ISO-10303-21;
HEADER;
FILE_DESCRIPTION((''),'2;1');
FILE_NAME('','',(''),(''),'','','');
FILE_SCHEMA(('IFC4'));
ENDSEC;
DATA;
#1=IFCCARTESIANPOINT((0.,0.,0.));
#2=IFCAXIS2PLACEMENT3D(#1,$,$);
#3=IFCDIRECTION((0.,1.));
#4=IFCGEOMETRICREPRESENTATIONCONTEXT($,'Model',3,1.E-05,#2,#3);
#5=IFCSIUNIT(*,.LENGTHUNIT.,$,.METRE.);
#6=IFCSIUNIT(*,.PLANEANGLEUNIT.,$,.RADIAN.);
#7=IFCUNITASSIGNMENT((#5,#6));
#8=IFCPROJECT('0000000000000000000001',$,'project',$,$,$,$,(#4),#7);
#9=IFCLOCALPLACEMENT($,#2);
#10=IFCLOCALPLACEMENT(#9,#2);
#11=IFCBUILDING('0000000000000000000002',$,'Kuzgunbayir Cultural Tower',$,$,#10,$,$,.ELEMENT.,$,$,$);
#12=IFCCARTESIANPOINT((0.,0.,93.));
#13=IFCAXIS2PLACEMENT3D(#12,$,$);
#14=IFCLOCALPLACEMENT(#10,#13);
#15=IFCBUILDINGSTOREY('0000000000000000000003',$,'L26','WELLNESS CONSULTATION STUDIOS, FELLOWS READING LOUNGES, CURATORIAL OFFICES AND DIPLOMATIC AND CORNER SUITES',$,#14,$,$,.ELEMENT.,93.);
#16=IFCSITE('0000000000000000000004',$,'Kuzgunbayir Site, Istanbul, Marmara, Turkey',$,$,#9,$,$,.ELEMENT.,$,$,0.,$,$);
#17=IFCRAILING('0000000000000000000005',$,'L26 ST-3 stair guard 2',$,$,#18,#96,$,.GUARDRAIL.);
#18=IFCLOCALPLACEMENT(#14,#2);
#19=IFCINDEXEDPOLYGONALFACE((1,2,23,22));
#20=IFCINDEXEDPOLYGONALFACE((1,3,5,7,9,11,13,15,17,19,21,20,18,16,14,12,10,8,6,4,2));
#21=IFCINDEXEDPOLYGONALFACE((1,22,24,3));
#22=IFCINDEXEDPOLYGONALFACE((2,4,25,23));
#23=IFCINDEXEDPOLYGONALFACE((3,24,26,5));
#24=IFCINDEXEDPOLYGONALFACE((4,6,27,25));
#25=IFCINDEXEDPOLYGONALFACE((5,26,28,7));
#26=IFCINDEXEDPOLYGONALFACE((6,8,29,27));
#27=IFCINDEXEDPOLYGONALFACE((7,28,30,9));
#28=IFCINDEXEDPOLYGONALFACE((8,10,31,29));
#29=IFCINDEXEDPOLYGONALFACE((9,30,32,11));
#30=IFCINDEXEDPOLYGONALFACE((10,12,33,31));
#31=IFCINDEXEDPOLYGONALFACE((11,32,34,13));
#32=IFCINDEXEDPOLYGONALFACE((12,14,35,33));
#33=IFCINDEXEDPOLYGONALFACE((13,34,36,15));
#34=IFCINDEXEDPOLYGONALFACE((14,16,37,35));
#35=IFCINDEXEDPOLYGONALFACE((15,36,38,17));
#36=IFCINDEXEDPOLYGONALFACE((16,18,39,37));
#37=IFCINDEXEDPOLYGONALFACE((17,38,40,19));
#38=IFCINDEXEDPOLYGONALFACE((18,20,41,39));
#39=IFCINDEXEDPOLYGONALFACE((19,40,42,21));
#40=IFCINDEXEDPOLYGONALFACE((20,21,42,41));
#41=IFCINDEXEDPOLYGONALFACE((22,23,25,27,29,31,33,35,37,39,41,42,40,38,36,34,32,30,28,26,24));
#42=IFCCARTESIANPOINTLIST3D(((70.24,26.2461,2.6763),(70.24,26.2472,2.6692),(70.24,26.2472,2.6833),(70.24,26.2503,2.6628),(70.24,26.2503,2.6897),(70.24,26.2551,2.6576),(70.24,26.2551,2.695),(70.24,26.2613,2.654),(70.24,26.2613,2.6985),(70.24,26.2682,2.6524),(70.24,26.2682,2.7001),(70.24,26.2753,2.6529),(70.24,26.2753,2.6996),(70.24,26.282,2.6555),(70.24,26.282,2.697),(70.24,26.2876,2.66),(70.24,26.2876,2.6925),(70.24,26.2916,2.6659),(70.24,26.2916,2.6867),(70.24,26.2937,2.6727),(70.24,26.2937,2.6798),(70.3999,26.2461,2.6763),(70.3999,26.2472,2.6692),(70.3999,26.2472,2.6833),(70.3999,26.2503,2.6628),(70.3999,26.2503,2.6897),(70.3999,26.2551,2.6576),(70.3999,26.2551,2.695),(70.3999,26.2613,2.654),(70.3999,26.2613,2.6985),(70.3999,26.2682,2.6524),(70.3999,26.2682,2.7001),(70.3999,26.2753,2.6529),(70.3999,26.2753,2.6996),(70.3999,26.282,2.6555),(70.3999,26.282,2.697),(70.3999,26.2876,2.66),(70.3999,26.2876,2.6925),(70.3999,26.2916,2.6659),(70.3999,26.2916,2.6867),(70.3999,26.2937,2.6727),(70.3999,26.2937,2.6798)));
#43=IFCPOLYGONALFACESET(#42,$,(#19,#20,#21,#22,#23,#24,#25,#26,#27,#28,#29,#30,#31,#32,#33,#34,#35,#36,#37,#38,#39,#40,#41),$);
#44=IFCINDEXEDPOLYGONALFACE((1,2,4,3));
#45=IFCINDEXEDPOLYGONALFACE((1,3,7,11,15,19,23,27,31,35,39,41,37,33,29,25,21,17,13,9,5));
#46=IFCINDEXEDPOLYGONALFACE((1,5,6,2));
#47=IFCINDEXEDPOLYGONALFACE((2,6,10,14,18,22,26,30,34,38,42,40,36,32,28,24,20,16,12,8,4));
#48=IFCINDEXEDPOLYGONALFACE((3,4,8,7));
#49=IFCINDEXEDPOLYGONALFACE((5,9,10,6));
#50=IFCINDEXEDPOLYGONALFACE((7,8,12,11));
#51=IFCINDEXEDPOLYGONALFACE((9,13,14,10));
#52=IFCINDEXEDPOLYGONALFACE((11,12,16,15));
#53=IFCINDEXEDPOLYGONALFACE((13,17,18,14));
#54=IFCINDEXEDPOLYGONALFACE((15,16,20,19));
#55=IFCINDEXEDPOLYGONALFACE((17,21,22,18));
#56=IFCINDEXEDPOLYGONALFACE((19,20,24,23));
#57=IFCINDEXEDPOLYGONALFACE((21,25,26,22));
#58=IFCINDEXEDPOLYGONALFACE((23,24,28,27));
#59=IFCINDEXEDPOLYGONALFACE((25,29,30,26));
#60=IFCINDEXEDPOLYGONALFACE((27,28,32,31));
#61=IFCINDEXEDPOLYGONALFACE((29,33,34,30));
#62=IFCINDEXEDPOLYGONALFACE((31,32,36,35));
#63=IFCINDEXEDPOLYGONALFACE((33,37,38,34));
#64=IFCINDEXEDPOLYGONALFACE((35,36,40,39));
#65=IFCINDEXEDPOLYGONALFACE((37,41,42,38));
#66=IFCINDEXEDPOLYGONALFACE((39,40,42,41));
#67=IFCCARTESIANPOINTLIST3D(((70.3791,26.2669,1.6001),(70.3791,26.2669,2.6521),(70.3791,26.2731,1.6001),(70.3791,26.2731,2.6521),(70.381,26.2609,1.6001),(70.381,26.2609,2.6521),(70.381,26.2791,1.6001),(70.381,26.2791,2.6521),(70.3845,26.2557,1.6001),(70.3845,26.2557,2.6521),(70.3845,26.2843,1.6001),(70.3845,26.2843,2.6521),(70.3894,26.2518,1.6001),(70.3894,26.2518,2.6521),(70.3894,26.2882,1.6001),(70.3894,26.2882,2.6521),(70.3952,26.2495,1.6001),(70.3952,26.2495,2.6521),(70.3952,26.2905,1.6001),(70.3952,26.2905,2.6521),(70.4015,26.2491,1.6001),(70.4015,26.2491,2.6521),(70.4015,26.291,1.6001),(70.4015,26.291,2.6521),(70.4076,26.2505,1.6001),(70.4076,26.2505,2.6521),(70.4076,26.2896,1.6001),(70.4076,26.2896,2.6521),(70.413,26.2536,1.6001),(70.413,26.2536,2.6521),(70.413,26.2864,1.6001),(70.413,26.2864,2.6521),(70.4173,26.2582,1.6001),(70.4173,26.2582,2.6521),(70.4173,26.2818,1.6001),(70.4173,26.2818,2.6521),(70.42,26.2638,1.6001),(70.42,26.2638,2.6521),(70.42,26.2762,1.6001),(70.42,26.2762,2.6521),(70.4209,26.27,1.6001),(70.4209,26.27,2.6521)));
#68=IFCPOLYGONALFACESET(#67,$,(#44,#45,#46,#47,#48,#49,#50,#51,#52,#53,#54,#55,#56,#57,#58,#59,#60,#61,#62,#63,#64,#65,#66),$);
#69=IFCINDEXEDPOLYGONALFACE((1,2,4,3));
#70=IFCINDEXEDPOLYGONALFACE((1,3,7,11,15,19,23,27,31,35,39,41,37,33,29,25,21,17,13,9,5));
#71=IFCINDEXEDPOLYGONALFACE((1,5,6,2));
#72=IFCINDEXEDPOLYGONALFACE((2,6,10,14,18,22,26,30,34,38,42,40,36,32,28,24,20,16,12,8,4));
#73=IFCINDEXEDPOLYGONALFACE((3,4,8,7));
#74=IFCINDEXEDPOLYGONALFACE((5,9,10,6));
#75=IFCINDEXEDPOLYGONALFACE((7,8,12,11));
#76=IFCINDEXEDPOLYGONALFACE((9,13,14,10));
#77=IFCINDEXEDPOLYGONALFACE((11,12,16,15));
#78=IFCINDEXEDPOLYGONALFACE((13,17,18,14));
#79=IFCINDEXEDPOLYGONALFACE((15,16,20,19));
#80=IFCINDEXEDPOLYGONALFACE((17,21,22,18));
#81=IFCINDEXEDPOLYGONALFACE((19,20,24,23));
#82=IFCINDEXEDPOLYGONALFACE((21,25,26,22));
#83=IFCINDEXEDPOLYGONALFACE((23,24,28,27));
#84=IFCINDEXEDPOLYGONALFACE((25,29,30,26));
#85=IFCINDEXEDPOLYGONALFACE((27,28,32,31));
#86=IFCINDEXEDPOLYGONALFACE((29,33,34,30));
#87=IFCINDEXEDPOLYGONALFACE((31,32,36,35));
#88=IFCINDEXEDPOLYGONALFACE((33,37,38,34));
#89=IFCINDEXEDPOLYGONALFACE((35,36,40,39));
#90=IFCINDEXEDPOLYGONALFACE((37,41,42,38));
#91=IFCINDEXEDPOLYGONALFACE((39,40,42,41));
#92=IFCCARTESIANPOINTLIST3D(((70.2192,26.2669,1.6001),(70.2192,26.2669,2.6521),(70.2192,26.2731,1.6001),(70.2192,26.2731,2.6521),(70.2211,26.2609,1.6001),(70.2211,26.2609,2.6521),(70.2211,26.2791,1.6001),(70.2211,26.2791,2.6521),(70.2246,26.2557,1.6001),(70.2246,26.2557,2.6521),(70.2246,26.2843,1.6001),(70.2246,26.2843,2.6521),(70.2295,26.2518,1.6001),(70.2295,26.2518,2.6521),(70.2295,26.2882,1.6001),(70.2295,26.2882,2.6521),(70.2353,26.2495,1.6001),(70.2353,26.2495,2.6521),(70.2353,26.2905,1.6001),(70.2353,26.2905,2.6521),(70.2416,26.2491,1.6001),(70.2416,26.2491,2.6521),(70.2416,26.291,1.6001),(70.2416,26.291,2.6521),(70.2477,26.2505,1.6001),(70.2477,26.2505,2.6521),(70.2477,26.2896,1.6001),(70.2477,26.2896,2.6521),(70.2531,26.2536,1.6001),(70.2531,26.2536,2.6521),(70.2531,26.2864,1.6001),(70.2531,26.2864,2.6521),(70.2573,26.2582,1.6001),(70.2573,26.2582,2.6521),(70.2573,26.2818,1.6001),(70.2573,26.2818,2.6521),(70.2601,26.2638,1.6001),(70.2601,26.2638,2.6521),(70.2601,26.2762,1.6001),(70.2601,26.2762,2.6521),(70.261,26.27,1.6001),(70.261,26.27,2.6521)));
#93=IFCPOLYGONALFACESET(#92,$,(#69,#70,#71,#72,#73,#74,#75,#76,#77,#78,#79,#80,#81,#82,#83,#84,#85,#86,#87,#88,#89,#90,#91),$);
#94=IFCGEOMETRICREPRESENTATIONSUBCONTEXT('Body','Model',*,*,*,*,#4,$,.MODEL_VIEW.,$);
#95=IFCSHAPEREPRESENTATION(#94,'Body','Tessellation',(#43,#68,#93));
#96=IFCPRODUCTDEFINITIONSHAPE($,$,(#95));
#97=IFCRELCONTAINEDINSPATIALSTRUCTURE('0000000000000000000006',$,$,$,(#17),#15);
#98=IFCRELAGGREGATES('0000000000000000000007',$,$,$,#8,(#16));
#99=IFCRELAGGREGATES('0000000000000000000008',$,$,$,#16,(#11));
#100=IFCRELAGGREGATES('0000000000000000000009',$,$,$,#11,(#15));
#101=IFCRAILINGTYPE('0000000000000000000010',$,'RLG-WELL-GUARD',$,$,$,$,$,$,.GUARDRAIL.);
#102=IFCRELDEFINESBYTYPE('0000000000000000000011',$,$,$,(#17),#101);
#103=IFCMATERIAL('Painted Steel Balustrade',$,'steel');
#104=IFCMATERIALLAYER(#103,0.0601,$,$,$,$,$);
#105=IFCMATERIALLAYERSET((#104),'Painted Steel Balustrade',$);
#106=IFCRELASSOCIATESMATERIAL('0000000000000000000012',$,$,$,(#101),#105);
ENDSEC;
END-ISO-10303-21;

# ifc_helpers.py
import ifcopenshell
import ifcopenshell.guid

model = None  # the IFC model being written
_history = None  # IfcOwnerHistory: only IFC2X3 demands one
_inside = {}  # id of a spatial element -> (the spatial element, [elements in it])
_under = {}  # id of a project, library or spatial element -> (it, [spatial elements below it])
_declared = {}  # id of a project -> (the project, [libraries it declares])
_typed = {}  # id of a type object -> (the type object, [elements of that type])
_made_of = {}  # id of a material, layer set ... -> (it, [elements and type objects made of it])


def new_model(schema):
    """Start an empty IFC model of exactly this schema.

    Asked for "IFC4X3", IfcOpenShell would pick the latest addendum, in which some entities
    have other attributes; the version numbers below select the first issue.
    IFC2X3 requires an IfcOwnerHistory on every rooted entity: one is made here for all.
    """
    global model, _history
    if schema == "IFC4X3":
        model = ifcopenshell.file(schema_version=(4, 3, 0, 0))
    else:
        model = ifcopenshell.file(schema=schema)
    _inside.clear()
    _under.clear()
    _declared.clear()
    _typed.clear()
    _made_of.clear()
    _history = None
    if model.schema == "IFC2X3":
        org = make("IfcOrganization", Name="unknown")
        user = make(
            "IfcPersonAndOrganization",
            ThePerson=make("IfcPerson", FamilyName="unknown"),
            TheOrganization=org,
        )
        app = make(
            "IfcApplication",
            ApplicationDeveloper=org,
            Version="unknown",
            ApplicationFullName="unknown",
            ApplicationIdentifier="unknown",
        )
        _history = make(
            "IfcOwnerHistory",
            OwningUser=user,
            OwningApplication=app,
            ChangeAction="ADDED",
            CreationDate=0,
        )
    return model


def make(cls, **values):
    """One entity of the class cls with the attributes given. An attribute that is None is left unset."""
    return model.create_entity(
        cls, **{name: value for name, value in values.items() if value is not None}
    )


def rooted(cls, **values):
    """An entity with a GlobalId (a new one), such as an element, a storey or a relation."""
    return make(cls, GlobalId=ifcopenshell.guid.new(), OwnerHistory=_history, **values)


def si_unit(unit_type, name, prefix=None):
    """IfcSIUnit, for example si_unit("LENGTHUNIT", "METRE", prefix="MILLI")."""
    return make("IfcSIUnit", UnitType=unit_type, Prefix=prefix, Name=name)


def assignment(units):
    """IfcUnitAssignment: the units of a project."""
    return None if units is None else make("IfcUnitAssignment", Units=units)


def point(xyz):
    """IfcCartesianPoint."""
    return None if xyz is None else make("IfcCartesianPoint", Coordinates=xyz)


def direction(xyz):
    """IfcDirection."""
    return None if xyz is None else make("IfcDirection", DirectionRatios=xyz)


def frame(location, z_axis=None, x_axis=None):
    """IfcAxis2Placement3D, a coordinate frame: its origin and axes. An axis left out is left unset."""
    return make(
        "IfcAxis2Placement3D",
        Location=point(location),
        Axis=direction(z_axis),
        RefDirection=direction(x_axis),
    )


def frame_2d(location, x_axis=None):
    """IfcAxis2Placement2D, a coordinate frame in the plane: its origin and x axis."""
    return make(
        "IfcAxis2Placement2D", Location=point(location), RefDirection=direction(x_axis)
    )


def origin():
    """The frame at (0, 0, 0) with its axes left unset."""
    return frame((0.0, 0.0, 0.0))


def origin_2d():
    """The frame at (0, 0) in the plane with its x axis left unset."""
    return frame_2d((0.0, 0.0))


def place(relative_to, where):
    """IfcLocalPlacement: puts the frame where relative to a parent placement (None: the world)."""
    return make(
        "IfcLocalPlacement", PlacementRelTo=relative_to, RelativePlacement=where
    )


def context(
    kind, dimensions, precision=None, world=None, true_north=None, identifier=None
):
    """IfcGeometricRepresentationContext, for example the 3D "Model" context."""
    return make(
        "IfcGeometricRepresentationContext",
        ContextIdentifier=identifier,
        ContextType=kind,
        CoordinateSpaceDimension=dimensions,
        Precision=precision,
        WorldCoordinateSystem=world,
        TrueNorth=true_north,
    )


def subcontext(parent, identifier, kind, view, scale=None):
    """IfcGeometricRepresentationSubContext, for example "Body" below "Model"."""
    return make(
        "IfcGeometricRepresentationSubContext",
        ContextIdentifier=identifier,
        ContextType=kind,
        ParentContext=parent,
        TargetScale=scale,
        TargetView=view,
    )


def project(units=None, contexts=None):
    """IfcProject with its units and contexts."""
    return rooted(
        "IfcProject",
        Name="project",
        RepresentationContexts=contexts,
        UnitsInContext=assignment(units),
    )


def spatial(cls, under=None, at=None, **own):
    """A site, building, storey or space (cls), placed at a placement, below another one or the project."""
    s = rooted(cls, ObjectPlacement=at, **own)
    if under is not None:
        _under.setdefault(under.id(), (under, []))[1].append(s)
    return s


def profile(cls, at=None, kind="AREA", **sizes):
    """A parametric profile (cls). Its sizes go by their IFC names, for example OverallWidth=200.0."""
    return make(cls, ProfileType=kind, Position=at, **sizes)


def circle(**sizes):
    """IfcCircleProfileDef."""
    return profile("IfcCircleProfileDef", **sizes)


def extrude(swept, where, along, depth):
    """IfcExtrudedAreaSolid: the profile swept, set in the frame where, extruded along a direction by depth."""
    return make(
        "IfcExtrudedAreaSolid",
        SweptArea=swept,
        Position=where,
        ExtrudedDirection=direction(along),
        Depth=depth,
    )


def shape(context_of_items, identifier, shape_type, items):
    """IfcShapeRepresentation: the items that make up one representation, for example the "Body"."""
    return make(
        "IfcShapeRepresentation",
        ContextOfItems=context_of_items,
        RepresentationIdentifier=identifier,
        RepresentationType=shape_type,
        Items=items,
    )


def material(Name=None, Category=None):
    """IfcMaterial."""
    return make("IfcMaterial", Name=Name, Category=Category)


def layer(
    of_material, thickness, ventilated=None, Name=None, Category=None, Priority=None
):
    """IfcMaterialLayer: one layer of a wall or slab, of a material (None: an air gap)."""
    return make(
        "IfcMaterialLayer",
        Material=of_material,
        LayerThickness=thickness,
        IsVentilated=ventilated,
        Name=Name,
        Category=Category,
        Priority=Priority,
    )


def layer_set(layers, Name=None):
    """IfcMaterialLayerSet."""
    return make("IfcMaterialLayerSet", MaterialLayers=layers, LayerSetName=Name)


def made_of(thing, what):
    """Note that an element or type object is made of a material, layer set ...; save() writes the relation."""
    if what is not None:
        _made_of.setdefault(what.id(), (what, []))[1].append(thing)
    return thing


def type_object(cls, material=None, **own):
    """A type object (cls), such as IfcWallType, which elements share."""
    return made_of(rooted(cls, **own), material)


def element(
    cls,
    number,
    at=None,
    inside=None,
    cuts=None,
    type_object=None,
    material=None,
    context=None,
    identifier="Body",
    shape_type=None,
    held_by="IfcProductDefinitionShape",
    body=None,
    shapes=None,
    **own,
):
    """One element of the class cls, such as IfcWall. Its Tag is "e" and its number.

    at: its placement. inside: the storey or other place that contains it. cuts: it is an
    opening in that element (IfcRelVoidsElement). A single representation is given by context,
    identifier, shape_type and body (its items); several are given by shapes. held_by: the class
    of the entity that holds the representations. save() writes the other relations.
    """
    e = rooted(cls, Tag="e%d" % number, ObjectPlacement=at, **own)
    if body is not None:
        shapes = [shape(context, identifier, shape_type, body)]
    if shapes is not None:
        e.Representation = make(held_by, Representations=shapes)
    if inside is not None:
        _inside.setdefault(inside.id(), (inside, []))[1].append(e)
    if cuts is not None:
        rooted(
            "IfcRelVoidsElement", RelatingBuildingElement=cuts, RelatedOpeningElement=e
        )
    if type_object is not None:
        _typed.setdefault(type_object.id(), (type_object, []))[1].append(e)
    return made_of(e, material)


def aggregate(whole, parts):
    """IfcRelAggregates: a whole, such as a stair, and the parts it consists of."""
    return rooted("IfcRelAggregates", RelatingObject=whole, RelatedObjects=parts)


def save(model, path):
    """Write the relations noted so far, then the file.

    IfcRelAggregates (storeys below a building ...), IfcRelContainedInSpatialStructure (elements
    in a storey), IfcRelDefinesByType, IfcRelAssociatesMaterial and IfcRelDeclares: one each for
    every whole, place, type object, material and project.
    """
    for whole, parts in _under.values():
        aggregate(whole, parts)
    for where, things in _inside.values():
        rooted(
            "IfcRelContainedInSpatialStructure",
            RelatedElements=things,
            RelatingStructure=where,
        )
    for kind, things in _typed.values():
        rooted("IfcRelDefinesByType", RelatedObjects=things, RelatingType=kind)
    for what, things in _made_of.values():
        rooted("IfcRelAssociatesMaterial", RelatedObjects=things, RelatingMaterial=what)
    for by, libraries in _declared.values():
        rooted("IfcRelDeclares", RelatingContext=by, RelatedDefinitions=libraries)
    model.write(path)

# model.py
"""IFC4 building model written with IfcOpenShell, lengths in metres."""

from ifc_helpers import new_model, si_unit, direction, frame, origin, origin_2d, place, context, subcontext, project, spatial, circle, extrude, material, layer, layer_set, type_object, element, save


model = new_model("IFC4")

# Units and contexts
model_context = context("Model", 3, precision=1e-05, world=origin(), true_north=direction((0.0, 1.0)))
body_context = subcontext(model_context, "Body", "Model", "MODEL_VIEW")
ifc_project = project(units=[si_unit("LENGTHUNIT", "METRE"), si_unit("PLANEANGLEUNIT", "RADIAN")], contexts=[model_context])

# Site, building, storey
site_placement = place(None, origin())
site = spatial("IfcSite", under=ifc_project, at=site_placement, Name="Kuzgunbayir Site, Istanbul, Marmara, Turkey", CompositionType="ELEMENT", RefElevation=0.0)
building_placement = place(site_placement, origin())
building = spatial("IfcBuilding", under=site, at=building_placement, Name="Kuzgunbayir Cultural Tower", CompositionType="ELEMENT")
storey_placement = place(building_placement, frame((0.0, 0.0, 93.0)))
storey = spatial("IfcBuildingStorey", under=building, at=storey_placement, Name="L26", Description="WELLNESS CONSULTATION STUDIOS, FELLOWS READING LOUNGES, CURATORIAL OFFICES AND DIPLOMATIC AND CORNER SUITES", CompositionType="ELEMENT", Elevation=93.0)

# Railing
ifc_material_1 = material(Name="Painted Steel Balustrade", Category="steel")
ifc_layer_1 = layer(ifc_material_1, 0.0601)
ifc_layer_set_1 = layer_set([ifc_layer_1], Name="Painted Steel Balustrade")
railing_type_1 = type_object("IfcRailingType", Name="RLG-WELL-GUARD", PredefinedType="GUARDRAIL", material=ifc_layer_set_1)
railing_1_placement = place(storey_placement, frame((70.3999, 26.27, 1.6001)))
element("IfcRailing", 1, at=railing_1_placement, inside=storey, type_object=railing_type_1, Name="L26 ST-3 stair guard 2", PredefinedType="GUARDRAIL", context=body_context, shape_type="SweptSolid", body=[
    extrude(circle(Radius=0.0239, at=origin_2d()), frame((0.0, 0.0, 1.0762), z_axis=(-1.0, 0.0, 0.0), x_axis=(0.0, -1.0, 0.0)), (0.0, 0.0, 1.0), 0.1599),
    extrude(circle(Radius=0.021, at=origin_2d()), origin(), (0.0, 0.0, 1.0), 1.052),
    extrude(circle(Radius=0.021, at=origin_2d()), frame((-0.1599, 0.0, 0.0)), (0.0, 0.0, 1.0), 1.052),
])

save(model, "model.ifc")
